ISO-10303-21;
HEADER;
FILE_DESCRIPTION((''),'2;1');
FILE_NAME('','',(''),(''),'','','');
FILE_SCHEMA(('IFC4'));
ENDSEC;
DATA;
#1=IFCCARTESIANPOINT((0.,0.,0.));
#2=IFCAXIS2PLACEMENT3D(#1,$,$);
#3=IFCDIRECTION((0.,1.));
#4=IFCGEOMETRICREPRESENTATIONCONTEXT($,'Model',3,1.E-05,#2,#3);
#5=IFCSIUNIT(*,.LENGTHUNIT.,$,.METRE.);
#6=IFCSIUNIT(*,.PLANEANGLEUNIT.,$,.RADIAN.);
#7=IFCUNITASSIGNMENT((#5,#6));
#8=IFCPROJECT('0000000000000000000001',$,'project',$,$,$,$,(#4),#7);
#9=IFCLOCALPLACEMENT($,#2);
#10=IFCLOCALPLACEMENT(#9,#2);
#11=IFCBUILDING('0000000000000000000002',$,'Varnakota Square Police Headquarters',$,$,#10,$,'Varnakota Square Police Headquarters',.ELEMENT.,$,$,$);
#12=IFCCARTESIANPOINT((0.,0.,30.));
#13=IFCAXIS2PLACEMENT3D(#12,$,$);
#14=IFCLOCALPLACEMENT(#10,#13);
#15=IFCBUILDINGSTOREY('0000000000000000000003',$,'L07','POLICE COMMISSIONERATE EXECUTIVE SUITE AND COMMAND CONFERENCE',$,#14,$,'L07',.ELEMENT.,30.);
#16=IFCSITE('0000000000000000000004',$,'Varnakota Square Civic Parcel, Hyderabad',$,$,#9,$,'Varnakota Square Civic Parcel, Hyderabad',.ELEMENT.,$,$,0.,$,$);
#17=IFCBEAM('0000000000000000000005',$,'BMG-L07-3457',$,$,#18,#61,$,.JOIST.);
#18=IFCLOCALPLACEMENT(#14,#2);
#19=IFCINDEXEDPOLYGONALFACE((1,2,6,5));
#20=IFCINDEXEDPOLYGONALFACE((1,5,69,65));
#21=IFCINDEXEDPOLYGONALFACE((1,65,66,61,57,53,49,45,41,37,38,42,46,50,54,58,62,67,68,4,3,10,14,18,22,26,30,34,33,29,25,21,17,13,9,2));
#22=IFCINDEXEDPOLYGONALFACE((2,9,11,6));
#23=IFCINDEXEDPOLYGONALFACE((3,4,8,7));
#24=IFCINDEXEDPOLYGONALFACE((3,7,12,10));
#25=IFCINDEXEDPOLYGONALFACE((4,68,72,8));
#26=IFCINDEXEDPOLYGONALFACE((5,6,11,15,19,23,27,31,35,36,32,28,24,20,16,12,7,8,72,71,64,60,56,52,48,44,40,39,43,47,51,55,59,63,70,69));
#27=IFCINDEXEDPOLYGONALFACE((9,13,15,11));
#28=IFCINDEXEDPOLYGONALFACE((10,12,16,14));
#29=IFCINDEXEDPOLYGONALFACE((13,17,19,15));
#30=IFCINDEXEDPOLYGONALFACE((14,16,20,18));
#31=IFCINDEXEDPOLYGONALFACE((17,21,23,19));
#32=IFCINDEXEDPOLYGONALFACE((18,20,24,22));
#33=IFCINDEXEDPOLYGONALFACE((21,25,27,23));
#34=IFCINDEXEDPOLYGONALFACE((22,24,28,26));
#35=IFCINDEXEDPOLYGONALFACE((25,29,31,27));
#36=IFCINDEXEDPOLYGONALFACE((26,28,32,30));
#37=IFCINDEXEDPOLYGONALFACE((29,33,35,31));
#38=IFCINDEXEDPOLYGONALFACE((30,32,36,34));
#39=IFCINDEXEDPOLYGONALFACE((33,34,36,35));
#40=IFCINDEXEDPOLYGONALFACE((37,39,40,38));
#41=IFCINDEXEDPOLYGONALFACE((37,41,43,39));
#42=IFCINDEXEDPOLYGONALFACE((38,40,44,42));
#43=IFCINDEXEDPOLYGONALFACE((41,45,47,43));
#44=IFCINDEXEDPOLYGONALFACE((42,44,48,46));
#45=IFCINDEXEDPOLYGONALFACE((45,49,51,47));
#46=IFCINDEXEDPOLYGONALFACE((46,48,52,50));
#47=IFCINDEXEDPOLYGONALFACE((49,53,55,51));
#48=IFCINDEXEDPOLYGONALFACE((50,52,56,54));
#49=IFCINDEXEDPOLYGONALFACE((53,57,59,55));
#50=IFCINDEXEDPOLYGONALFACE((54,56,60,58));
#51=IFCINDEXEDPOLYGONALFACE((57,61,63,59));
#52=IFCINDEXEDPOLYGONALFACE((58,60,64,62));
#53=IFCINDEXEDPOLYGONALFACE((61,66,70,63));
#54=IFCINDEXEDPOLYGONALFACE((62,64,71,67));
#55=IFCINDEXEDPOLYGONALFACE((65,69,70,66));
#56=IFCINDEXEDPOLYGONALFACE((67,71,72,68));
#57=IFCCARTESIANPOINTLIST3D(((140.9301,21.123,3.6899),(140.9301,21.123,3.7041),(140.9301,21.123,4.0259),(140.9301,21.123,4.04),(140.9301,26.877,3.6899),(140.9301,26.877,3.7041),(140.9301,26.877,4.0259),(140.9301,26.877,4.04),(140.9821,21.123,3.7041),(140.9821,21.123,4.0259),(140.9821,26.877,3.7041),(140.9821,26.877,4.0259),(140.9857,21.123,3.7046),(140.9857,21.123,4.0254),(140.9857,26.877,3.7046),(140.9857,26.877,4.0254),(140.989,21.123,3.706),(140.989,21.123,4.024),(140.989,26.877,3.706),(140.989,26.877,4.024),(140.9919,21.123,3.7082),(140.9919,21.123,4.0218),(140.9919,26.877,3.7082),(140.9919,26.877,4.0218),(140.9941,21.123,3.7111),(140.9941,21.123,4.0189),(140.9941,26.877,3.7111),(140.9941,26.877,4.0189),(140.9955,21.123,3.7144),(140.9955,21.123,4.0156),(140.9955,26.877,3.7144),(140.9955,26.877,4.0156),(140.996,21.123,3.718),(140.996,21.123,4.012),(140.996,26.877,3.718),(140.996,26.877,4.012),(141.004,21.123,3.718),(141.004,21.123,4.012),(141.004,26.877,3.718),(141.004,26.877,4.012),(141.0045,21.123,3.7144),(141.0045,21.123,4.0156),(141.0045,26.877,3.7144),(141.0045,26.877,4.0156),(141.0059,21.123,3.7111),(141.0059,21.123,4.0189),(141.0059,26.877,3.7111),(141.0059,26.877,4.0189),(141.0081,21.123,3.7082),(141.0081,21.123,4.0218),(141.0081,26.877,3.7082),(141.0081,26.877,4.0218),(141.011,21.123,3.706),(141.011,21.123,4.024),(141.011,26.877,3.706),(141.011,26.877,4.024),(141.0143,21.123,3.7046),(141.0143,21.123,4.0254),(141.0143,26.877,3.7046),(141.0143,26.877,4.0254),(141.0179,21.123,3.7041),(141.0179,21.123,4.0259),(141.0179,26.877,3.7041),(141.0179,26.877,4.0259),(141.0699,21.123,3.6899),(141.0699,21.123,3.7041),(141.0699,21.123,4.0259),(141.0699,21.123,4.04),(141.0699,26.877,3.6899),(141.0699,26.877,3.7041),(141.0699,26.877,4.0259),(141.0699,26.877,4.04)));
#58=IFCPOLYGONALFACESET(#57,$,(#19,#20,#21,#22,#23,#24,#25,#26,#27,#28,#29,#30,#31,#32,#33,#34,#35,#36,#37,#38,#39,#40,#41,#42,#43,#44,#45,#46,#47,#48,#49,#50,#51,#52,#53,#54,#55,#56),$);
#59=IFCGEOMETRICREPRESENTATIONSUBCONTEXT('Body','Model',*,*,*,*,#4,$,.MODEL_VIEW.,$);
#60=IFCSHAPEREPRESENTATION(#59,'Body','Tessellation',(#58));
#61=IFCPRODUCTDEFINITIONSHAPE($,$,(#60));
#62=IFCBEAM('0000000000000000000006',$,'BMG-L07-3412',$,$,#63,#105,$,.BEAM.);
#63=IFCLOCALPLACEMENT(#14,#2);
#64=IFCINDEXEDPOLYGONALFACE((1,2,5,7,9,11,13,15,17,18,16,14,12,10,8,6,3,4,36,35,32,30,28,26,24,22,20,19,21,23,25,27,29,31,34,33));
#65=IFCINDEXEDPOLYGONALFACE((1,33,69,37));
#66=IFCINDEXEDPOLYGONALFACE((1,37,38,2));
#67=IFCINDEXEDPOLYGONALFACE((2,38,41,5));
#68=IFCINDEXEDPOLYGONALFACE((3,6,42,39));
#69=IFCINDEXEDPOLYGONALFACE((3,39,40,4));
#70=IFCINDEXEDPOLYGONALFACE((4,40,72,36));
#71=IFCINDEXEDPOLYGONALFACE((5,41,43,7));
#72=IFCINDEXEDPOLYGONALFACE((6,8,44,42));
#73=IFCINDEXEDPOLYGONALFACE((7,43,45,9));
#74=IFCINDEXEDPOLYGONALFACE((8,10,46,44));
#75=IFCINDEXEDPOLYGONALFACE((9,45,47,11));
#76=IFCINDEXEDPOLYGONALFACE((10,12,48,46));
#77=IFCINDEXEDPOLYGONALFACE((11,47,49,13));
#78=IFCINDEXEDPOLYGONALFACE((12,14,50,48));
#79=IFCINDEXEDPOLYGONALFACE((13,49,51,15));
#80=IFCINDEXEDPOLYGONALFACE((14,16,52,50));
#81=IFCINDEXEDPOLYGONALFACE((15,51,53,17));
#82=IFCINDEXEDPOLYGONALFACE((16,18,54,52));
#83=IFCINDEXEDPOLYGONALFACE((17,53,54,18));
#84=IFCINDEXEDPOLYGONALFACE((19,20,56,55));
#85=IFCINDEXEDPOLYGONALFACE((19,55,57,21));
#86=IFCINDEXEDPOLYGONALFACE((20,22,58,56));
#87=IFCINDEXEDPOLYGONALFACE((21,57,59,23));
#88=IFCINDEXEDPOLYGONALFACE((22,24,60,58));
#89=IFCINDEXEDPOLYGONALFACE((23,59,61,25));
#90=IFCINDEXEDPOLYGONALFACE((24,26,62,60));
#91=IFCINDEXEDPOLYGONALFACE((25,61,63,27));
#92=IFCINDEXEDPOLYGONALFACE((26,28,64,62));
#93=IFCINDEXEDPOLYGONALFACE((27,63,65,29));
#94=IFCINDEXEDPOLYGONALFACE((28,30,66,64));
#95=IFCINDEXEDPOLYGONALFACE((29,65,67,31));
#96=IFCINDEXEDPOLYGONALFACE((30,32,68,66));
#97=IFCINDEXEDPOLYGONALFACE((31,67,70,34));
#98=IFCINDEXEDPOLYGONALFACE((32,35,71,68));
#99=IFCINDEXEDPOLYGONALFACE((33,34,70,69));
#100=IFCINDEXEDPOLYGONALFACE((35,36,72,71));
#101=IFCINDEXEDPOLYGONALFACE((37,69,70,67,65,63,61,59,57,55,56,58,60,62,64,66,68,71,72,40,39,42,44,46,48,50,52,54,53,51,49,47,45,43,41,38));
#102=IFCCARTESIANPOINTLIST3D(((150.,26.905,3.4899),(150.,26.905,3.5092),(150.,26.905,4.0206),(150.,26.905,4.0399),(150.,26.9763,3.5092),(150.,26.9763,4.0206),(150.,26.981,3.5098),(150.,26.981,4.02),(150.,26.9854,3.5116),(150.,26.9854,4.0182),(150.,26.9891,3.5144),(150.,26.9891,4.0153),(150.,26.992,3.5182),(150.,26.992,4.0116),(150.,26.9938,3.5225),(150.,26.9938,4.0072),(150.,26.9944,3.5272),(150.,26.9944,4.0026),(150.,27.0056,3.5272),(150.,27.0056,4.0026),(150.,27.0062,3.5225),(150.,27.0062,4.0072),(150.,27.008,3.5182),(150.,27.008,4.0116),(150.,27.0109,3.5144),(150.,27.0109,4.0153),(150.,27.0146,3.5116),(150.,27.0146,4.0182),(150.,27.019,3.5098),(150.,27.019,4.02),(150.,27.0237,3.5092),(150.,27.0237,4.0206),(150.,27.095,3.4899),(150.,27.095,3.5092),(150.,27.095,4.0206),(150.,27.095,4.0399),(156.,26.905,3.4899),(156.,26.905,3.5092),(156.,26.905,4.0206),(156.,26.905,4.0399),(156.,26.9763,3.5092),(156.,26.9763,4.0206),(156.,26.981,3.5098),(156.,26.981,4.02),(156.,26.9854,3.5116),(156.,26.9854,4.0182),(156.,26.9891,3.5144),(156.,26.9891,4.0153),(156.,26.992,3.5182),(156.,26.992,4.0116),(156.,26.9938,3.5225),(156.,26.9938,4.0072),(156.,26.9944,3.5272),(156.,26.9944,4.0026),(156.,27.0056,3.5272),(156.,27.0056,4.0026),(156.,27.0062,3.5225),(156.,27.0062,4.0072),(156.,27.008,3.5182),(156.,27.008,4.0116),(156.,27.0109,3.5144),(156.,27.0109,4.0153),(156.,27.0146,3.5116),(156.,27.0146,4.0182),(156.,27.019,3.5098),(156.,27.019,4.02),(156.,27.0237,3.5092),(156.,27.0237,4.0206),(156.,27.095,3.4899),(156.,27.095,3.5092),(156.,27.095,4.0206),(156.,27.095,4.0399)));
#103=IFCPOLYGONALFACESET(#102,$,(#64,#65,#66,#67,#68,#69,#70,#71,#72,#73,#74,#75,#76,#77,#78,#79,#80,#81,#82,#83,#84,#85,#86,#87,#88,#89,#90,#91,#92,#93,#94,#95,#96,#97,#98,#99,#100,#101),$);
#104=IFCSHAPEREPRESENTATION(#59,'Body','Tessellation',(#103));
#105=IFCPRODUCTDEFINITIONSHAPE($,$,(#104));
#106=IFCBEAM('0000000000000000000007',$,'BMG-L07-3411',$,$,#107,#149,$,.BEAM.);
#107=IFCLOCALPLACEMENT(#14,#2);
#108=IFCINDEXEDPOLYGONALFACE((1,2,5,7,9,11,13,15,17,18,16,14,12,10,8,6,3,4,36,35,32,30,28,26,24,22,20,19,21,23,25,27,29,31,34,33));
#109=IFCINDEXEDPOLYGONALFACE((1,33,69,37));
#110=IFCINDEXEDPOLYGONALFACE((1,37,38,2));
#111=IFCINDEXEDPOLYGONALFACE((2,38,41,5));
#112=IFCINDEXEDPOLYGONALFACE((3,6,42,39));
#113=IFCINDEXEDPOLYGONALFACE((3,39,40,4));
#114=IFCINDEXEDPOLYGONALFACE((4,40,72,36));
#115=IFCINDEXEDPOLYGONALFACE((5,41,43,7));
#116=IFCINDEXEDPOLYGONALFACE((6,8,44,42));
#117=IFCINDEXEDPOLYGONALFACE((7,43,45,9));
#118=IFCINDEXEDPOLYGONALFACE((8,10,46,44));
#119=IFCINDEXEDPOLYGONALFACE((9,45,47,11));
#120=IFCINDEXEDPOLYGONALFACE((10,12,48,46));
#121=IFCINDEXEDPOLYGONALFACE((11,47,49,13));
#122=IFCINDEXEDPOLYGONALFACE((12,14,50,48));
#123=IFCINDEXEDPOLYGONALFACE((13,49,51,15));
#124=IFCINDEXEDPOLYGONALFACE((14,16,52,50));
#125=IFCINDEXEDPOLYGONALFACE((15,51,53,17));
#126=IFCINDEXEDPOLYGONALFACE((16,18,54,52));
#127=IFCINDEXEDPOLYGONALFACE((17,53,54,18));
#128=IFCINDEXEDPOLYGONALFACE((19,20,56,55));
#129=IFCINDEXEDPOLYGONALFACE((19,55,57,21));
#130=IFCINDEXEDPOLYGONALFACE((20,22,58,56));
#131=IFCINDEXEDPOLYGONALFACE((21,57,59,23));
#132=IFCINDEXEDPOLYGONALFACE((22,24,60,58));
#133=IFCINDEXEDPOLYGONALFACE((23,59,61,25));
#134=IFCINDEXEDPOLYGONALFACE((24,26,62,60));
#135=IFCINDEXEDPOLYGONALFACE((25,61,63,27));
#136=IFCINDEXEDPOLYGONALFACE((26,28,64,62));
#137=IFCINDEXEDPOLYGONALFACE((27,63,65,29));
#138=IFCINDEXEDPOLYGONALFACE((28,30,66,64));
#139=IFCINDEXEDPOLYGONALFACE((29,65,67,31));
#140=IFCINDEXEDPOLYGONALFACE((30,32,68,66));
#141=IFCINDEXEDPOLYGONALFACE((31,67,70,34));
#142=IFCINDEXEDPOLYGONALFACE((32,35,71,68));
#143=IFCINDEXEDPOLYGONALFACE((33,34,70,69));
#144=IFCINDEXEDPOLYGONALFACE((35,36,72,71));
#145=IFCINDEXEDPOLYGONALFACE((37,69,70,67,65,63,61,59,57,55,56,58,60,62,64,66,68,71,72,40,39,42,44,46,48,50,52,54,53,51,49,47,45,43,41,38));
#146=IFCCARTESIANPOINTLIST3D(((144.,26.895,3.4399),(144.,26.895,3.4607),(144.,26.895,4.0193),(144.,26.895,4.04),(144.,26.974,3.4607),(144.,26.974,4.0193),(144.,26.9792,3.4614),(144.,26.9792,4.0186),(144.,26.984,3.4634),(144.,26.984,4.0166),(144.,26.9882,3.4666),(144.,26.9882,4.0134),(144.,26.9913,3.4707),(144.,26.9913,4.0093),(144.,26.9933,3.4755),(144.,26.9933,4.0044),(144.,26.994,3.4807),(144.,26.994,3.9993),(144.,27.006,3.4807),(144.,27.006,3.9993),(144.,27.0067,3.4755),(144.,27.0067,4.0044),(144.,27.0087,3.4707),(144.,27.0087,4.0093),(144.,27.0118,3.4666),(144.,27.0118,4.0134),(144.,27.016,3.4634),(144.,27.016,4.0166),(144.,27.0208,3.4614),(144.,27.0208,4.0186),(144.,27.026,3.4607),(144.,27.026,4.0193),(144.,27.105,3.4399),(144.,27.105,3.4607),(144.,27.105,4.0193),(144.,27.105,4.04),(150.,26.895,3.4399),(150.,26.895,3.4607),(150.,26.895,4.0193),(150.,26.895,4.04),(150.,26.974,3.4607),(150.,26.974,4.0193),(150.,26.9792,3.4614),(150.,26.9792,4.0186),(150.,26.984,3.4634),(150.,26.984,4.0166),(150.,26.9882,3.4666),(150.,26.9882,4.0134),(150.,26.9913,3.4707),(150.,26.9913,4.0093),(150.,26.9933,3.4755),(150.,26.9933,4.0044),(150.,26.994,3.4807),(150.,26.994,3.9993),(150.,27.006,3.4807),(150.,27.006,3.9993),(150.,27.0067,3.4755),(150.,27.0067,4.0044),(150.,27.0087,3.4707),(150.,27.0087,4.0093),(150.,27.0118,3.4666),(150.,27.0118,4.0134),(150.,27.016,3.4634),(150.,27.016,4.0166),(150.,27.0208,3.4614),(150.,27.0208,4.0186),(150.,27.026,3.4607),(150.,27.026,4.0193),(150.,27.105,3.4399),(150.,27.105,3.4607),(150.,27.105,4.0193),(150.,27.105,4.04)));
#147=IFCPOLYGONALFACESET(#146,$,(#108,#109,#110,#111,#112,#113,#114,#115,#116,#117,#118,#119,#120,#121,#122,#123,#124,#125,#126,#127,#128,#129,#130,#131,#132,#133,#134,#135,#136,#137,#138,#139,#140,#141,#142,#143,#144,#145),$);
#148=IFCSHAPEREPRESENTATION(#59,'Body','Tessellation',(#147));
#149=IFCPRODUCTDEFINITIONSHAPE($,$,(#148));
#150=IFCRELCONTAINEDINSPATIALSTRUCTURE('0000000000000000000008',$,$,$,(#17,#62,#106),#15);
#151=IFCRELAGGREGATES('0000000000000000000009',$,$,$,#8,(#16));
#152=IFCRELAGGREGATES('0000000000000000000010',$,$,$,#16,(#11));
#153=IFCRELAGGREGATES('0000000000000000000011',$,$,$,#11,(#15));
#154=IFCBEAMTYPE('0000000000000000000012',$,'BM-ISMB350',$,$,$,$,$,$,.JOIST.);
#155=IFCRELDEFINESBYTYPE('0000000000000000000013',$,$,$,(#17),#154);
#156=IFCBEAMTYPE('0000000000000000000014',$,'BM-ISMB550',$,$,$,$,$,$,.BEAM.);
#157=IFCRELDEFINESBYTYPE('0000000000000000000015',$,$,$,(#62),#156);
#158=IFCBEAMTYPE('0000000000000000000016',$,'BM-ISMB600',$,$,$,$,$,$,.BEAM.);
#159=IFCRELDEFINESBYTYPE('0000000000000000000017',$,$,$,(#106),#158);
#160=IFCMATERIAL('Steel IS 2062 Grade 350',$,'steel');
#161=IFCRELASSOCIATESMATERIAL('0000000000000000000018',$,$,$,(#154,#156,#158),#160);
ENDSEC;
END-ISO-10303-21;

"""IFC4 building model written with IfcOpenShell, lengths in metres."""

from ifc_helpers import new_model, si_unit, direction, frame, origin, origin_2d, place, context, subcontext, project, spatial, i_section, extrude, material, material_profile, profile_set, type_object, element, save


model = new_model("IFC4")

# Units and contexts
model_context = context("Model", 3, precision=1e-05, world=origin(), true_north=direction((0.0, 1.0)))
body_context = subcontext(model_context, "Body", "Model", "MODEL_VIEW")
ifc_project = project(units=[si_unit("LENGTHUNIT", "METRE"), si_unit("PLANEANGLEUNIT", "RADIAN")], contexts=[model_context])

# Site, building, storey
site_placement = place(None, origin())
site = spatial("IfcSite", under=ifc_project, at=site_placement, Name="Varnakota Square Civic Parcel, Hyderabad", LongName="Varnakota Square Civic Parcel, Hyderabad", CompositionType="ELEMENT", RefElevation=0.0)
building_placement = place(site_placement, origin())
building = spatial("IfcBuilding", under=site, at=building_placement, Name="Varnakota Square Police Headquarters", LongName="Varnakota Square Police Headquarters", CompositionType="ELEMENT")
storey_placement = place(building_placement, frame((0.0, 0.0, 30.0)))
storey = spatial("IfcBuildingStorey", under=building, at=storey_placement, Name="L07", Description="POLICE COMMISSIONERATE EXECUTIVE SUITE AND COMMAND CONFERENCE", LongName="L07", CompositionType="ELEMENT", Elevation=30.0)

# Shared definitions
ifc_material_1 = material(Name="Steel IS 2062 Grade 350", Category="steel")

# Beams
ifc_material_profile_1 = material_profile(ifc_material_1, i_section(OverallWidth=0.1399, OverallDepth=0.3501, WebThickness=0.0081, FlangeThickness=0.0142, FilletRadius=0.0139, at=origin_2d()), Name="ISMB 350")
ifc_profile_set_1 = profile_set([ifc_material_profile_1], Name="Steel IS 2062 Grade 350")
beam_type_1 = type_object("IfcBeamType", Name="BM-ISMB350", PredefinedType="JOIST", material=ifc_profile_set_1)
beam_1_placement = place(storey_placement, frame((141.0, 21.123, 3.865), z_axis=(0.0, 1.0, 0.0), x_axis=(-1.0, 0.0, 0.0)))
element("IfcBeam", 1, at=beam_1_placement, inside=storey, type_object=beam_type_1, Name="BMG-L07-3457", PredefinedType="JOIST", context=body_context, shape_type="SweptSolid", body=[
    extrude(i_section(OverallWidth=0.1399, OverallDepth=0.3501, WebThickness=0.0081, FlangeThickness=0.0142, FilletRadius=0.0139, at=origin_2d()), origin(), (0.0, 0.0, 1.0), 5.7539),
])
ifc_material_profile_2 = material_profile(ifc_material_1, i_section(OverallWidth=0.1899, OverallDepth=0.55, WebThickness=0.0112, FlangeThickness=0.0193, FilletRadius=0.0181, at=origin_2d()), Name="ISMB 550")
ifc_profile_set_2 = profile_set([ifc_material_profile_2], Name="Steel IS 2062 Grade 350")
beam_type_2 = type_object("IfcBeamType", Name="BM-ISMB550", PredefinedType="BEAM", material=ifc_profile_set_2)
beam_2_placement = place(storey_placement, frame((150.0, 27.0, 3.7649), z_axis=(1.0, 0.0, 0.0), x_axis=(0.0, 1.0, 0.0)))
element("IfcBeam", 2, at=beam_2_placement, inside=storey, type_object=beam_type_2, Name="BMG-L07-3412", PredefinedType="BEAM", context=body_context, shape_type="SweptSolid", body=[
    extrude(i_section(OverallWidth=0.1899, OverallDepth=0.55, WebThickness=0.0112, FlangeThickness=0.0193, FilletRadius=0.0181, at=origin_2d()), origin(), (0.0, 0.0, 1.0), 6.0),
])
ifc_material_profile_3 = material_profile(ifc_material_1, i_section(OverallWidth=0.21, OverallDepth=0.6001, WebThickness=0.012, FlangeThickness=0.0208, FilletRadius=0.02, at=origin_2d()), Name="ISMB 600")
ifc_profile_set_3 = profile_set([ifc_material_profile_3], Name="Steel IS 2062 Grade 350")
beam_type_3 = type_object("IfcBeamType", Name="BM-ISMB600", PredefinedType="BEAM", material=ifc_profile_set_3)
beam_3_placement = place(storey_placement, frame((144.0, 27.0, 3.74), z_axis=(1.0, 0.0, 0.0), x_axis=(0.0, 1.0, 0.0)))
element("IfcBeam", 3, at=beam_3_placement, inside=storey, type_object=beam_type_3, Name="BMG-L07-3411", PredefinedType="BEAM", context=body_context, shape_type="SweptSolid", body=[
    extrude(i_section(OverallWidth=0.21, OverallDepth=0.6001, WebThickness=0.012, FlangeThickness=0.0208, FilletRadius=0.02, at=origin_2d()), origin(), (0.0, 0.0, 1.0), 6.0),
])

save(model, "model.ifc")
